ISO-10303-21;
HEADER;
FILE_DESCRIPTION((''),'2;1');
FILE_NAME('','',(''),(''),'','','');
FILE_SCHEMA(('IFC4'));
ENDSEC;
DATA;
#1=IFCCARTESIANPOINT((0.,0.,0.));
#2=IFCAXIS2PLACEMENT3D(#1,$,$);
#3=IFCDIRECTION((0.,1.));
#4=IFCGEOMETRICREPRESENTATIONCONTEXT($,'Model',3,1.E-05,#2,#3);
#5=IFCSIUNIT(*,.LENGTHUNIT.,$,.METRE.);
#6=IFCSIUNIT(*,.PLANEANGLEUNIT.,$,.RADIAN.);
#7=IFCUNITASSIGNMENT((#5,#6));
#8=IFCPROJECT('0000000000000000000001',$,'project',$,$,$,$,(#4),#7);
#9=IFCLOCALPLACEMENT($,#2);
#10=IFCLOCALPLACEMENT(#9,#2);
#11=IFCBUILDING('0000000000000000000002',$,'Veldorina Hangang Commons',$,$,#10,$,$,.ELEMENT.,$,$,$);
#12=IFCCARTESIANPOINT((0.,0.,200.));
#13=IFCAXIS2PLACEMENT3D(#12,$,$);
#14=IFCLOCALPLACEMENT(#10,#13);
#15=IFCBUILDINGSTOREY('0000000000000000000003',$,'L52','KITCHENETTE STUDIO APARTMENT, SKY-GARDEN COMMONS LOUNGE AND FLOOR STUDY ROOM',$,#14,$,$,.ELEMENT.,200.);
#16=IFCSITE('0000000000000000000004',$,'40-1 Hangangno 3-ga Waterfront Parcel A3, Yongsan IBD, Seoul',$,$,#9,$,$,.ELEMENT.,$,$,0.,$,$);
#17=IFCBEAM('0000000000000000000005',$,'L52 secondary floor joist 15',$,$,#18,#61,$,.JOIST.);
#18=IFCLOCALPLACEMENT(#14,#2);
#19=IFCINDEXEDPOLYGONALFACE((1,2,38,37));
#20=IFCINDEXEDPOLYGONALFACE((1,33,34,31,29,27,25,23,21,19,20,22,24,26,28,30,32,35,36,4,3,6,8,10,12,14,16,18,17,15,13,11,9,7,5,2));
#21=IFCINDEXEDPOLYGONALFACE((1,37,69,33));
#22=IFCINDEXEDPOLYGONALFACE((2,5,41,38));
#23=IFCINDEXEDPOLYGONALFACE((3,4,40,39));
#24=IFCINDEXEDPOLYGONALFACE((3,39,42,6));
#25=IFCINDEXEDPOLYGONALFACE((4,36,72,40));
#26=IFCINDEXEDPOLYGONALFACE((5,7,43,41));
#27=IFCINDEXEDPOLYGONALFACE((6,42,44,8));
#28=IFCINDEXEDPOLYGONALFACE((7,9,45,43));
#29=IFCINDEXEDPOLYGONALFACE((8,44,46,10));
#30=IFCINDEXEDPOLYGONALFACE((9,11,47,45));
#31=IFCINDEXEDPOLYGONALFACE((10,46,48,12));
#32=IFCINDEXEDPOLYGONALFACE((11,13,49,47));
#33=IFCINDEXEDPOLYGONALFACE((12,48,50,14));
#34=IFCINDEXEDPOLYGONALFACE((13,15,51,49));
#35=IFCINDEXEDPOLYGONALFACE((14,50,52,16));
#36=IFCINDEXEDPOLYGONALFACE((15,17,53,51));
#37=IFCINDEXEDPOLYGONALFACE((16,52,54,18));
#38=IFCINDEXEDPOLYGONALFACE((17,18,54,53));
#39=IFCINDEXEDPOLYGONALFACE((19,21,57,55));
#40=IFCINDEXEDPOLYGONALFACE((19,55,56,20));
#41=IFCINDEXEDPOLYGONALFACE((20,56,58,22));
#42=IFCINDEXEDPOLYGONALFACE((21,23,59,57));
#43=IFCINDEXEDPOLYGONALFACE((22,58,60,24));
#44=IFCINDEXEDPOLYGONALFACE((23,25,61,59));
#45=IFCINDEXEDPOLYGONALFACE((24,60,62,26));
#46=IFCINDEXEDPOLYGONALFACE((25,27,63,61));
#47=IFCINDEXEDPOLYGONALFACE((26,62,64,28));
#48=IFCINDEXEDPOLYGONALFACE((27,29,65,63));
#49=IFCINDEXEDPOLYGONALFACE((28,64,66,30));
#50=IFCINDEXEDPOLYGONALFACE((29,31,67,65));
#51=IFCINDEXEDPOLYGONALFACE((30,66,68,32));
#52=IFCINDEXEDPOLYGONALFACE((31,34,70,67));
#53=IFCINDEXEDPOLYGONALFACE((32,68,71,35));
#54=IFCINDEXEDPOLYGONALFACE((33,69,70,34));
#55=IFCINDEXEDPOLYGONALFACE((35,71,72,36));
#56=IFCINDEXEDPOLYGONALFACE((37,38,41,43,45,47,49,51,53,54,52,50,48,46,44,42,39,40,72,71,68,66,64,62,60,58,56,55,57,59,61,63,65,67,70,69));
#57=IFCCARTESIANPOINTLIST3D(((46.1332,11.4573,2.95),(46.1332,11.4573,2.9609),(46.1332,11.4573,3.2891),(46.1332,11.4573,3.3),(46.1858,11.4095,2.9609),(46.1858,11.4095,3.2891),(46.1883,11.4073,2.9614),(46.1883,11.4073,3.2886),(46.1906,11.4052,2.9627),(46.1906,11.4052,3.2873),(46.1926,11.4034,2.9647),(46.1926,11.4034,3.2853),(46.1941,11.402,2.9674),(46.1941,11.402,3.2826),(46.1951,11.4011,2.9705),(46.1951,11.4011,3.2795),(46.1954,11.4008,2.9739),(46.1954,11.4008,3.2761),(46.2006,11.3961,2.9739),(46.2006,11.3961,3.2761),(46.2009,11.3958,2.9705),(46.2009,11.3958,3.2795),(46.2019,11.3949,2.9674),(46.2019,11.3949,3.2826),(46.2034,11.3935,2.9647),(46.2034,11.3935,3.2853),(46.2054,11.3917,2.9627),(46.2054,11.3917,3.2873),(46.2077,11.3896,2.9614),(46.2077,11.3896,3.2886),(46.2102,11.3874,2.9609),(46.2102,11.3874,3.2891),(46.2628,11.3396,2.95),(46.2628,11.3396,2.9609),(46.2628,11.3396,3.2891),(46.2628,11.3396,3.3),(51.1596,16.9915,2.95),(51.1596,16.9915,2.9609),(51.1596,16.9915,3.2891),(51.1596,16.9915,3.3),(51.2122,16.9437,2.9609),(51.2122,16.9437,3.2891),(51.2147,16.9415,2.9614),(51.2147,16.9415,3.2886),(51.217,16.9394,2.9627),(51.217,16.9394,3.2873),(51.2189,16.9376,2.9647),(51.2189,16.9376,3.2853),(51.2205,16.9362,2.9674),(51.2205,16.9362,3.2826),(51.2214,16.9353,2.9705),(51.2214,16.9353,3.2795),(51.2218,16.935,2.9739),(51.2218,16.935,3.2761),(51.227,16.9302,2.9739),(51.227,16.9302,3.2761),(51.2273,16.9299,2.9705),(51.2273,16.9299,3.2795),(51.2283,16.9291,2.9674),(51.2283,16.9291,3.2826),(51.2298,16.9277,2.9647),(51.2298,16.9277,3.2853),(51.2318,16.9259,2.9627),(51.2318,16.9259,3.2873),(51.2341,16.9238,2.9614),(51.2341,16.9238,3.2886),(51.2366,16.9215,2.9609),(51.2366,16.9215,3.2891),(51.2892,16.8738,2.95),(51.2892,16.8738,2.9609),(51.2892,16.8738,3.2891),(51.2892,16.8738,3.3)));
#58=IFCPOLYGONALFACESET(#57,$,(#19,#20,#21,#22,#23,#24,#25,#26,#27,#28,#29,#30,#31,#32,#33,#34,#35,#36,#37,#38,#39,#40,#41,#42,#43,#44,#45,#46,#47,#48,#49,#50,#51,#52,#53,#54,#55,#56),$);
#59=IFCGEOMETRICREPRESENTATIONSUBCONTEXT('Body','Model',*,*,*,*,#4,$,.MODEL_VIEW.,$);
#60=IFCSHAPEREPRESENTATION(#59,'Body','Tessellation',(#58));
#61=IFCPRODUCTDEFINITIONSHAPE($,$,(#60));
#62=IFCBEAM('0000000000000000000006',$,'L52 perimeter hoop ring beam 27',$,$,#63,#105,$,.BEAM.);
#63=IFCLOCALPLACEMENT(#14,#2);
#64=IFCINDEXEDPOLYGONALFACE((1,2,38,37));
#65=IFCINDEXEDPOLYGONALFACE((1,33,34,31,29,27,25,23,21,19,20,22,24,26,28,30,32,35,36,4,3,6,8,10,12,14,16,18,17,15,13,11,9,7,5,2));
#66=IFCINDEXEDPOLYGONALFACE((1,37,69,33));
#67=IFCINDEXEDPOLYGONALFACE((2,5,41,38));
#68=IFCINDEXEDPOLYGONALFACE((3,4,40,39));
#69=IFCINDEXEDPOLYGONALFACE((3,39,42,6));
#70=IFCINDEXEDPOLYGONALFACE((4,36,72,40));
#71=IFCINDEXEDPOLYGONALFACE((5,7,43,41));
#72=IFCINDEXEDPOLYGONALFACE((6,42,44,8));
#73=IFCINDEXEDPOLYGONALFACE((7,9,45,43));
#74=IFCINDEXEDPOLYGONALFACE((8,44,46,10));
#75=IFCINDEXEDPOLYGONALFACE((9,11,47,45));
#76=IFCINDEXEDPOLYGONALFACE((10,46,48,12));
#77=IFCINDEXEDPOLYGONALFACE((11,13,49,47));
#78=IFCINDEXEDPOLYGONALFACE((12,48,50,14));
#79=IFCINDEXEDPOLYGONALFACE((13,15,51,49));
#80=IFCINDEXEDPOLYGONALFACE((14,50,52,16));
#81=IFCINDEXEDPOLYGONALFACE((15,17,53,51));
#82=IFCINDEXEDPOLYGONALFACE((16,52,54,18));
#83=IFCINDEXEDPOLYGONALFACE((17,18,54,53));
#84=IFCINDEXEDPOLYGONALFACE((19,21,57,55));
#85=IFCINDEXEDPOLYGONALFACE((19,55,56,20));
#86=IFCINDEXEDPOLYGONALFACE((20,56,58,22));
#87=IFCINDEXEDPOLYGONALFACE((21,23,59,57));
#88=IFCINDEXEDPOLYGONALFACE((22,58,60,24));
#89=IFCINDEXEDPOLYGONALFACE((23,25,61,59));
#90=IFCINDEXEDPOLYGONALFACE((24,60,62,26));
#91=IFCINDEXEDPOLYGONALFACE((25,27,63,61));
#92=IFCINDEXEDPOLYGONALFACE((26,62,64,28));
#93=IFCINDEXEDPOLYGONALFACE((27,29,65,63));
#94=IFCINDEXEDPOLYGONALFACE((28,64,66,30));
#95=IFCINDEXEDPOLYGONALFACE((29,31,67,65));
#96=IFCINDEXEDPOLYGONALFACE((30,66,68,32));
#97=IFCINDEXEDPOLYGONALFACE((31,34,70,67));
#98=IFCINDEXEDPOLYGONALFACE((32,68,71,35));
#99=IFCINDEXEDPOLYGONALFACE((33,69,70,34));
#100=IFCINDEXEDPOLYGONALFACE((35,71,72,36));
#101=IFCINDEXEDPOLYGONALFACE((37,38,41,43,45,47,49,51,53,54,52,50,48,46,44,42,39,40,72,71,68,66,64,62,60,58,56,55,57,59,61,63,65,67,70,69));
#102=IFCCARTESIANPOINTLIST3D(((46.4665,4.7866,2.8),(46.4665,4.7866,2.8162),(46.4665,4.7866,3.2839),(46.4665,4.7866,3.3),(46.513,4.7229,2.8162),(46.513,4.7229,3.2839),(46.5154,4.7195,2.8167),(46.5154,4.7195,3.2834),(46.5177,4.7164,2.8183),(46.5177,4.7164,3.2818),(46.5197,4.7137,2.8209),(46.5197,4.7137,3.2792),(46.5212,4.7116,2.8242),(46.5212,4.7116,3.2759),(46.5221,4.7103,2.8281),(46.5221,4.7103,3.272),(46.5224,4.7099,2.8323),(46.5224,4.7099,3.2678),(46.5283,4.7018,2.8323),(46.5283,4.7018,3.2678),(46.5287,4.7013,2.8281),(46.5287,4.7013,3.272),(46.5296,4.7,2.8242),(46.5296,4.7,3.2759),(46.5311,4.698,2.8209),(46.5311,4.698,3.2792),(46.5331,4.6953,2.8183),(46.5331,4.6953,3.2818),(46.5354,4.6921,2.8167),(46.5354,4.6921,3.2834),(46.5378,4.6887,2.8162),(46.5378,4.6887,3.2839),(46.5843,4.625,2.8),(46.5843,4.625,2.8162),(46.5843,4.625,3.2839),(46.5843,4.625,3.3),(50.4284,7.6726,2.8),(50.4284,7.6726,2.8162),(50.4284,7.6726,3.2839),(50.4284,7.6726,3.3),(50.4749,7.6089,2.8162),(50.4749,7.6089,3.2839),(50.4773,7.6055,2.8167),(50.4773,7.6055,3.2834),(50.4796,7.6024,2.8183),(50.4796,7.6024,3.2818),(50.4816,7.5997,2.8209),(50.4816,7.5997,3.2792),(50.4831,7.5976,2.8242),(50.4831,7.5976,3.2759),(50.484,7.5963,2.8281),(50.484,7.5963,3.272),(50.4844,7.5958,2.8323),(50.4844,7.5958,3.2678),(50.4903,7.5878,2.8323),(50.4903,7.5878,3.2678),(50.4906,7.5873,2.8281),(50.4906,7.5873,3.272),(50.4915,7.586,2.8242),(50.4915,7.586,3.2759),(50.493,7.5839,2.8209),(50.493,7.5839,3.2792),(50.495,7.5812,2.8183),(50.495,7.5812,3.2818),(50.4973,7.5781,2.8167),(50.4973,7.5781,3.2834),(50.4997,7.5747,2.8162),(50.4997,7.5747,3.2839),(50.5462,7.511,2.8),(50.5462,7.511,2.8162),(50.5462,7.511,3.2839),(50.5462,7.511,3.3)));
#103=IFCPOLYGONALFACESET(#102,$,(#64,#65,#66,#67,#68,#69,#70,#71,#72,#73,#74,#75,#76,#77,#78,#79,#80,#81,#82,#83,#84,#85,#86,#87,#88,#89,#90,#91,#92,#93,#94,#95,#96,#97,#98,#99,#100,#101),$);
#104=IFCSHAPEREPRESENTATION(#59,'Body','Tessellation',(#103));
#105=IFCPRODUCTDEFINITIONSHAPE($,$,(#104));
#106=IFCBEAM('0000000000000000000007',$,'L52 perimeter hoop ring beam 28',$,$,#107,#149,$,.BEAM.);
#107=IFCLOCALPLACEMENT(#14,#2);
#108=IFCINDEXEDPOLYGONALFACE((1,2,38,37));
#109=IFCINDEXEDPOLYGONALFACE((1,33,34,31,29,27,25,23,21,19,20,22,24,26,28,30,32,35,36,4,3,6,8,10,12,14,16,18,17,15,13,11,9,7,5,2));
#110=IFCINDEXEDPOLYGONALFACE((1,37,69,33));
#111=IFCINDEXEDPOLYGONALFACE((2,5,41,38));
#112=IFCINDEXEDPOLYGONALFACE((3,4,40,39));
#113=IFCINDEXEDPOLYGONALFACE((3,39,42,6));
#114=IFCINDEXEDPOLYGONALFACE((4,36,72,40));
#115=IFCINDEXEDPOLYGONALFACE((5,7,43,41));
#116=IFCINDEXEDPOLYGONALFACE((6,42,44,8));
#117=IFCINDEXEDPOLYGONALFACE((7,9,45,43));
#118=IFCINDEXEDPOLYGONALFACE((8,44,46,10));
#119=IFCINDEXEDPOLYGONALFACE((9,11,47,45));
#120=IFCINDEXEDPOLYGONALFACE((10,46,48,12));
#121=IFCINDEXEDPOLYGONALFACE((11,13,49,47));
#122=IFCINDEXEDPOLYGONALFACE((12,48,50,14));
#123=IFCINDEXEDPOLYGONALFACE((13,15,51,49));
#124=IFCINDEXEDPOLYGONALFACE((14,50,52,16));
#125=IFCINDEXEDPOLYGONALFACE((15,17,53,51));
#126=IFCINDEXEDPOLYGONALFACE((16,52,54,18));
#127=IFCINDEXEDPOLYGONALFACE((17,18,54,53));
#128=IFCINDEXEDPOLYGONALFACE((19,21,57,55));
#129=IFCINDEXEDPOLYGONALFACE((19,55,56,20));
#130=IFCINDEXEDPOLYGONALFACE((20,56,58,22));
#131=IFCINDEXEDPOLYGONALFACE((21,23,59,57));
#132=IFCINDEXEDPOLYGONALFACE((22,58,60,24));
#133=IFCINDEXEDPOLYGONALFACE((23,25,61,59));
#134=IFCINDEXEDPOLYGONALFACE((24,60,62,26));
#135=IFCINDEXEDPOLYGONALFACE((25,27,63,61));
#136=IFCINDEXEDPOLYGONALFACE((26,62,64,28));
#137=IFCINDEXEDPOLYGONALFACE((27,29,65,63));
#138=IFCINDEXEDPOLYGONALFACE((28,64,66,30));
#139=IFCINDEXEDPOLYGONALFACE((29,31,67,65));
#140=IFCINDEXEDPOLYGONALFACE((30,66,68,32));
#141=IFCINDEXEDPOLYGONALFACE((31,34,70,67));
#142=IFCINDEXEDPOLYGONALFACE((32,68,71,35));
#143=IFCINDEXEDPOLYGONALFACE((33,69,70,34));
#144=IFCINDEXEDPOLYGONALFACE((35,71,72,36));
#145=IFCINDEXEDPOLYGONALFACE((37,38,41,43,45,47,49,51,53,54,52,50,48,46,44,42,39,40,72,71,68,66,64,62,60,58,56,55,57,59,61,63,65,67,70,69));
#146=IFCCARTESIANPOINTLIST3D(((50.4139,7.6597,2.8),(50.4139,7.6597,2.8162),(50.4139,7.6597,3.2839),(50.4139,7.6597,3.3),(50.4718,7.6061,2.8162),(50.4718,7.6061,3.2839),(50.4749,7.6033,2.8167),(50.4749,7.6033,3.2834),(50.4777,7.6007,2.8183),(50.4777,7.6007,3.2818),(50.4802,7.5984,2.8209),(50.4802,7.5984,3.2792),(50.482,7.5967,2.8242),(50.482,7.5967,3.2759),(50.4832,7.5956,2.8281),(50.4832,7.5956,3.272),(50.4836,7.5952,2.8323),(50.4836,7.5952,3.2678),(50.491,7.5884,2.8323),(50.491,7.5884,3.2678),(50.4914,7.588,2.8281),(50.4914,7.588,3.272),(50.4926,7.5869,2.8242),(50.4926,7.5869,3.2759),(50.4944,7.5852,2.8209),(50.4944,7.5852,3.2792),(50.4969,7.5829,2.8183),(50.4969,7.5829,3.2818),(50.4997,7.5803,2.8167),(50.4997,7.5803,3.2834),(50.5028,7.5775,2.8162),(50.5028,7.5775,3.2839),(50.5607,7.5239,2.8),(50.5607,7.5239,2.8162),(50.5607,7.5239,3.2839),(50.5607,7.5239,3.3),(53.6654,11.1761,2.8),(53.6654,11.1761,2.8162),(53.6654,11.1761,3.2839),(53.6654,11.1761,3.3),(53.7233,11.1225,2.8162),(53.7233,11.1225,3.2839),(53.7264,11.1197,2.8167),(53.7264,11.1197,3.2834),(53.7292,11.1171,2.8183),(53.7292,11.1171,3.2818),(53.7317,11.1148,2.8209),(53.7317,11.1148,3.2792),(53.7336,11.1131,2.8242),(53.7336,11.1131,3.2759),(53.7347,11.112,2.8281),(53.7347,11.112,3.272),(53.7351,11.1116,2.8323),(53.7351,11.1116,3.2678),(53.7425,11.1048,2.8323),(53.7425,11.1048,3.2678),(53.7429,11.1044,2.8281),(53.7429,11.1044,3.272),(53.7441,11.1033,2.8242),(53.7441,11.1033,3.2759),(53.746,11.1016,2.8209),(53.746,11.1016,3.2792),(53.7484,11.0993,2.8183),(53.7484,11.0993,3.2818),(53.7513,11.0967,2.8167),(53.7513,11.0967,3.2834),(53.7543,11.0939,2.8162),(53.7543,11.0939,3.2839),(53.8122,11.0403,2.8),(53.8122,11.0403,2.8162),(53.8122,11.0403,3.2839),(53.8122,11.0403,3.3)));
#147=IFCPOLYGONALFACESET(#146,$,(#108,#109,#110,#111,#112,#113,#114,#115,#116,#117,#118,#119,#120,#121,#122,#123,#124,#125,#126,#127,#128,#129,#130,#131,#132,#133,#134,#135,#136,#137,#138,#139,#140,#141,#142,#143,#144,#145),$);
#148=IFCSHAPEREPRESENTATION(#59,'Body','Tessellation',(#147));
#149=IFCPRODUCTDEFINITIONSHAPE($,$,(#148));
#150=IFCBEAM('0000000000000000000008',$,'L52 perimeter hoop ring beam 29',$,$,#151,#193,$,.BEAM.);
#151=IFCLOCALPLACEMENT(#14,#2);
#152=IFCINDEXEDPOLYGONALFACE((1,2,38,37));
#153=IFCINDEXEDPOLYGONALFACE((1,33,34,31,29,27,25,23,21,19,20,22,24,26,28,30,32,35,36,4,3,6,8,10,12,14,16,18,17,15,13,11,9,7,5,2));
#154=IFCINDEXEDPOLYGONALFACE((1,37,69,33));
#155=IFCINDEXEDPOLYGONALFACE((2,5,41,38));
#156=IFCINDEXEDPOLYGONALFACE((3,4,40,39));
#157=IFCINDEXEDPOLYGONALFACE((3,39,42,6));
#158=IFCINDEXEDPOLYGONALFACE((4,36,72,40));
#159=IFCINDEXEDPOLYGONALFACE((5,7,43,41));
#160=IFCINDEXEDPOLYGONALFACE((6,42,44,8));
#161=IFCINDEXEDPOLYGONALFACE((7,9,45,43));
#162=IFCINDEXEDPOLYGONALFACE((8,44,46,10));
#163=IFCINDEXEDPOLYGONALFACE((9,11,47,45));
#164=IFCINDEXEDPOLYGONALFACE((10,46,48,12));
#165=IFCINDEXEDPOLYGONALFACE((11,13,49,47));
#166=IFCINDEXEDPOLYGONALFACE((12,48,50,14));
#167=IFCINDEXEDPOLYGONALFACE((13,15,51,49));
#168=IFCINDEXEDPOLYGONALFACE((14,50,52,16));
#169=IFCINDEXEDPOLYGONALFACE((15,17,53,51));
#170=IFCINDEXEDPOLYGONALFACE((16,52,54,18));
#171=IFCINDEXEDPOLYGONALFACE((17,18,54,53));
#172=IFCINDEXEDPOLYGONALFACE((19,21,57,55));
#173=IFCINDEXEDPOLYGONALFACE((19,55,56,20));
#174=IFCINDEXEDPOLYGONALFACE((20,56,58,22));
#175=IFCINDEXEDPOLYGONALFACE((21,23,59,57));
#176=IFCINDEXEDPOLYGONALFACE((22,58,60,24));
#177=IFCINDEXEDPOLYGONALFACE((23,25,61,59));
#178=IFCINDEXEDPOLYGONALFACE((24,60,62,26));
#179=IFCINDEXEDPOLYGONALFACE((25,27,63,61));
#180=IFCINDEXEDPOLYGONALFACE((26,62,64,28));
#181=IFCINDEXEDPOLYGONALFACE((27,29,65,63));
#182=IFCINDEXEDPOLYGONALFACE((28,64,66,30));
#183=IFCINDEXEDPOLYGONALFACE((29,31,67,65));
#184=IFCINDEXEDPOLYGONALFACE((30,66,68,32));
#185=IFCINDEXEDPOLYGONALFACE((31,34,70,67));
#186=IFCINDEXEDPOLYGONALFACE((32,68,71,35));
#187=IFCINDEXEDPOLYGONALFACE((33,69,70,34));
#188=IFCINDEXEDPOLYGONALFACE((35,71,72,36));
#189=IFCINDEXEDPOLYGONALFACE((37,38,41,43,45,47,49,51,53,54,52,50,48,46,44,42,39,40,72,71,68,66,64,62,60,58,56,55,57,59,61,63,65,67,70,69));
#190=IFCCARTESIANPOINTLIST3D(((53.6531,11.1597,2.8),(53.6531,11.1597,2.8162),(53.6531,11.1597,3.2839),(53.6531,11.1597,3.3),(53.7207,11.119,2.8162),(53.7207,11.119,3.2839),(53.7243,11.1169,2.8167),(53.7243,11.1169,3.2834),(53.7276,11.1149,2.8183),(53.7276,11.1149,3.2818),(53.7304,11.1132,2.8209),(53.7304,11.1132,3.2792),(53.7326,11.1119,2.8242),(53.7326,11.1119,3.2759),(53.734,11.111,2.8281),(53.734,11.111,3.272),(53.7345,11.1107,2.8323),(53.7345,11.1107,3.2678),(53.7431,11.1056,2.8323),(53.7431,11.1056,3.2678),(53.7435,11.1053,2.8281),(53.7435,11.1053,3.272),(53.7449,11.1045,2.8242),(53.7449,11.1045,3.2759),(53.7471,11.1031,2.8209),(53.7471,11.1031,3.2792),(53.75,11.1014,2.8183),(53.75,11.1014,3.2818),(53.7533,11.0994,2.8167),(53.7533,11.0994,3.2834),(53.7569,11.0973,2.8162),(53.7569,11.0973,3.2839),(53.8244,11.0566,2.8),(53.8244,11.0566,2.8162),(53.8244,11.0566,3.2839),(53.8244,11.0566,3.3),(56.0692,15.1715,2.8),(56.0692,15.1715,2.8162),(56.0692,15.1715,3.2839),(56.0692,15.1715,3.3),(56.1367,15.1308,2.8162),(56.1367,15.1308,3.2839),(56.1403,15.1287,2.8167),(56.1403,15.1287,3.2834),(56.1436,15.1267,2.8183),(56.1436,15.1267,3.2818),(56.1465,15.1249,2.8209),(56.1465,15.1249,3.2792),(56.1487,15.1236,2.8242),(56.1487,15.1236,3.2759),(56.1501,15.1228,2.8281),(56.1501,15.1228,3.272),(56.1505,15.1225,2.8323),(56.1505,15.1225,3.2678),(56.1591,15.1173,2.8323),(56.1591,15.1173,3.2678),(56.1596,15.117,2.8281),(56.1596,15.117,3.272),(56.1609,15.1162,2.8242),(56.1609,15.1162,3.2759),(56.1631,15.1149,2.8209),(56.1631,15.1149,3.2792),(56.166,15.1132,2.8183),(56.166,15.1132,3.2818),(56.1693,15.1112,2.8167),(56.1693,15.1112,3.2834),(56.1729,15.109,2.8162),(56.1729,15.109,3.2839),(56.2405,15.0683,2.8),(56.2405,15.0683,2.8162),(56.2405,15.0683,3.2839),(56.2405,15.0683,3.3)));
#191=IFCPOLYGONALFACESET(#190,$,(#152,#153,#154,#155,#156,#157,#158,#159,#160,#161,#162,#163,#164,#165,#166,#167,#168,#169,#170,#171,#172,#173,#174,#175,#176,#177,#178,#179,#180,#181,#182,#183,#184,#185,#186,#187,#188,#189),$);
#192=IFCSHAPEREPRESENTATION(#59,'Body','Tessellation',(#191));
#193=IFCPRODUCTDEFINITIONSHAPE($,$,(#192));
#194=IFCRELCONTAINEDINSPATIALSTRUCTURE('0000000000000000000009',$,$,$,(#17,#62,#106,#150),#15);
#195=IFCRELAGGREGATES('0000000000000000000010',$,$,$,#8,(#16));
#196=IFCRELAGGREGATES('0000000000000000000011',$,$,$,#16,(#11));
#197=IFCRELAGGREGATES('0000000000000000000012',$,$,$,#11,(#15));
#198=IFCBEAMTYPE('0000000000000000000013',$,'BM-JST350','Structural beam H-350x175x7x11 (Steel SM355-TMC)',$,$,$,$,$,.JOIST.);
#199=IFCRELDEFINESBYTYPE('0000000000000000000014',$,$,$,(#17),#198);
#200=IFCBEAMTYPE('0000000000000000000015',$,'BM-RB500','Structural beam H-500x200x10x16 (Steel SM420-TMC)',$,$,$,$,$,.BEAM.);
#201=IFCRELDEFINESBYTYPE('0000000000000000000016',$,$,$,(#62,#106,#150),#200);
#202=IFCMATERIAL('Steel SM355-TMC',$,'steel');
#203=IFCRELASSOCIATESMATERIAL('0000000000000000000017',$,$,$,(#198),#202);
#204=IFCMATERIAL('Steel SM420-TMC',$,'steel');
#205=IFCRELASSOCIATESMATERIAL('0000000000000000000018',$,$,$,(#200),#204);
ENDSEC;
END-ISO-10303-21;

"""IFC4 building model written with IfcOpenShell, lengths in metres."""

from ifc_helpers import new_model, si_unit, direction, frame, origin, origin_2d, place, context, subcontext, project, spatial, i_section, extrude, material, material_profile, profile_set, type_object, element, save


model = new_model("IFC4")

# Units and contexts
model_context = context("Model", 3, precision=1e-05, world=origin(), true_north=direction((0.0, 1.0)))
body_context = subcontext(model_context, "Body", "Model", "MODEL_VIEW")
ifc_project = project(units=[si_unit("LENGTHUNIT", "METRE"), si_unit("PLANEANGLEUNIT", "RADIAN")], contexts=[model_context])

# Site, building, storey
site_placement = place(None, origin())
site = spatial("IfcSite", under=ifc_project, at=site_placement, Name="40-1 Hangangno 3-ga Waterfront Parcel A3, Yongsan IBD, Seoul", CompositionType="ELEMENT", RefElevation=0.0)
building_placement = place(site_placement, origin())
building = spatial("IfcBuilding", under=site, at=building_placement, Name="Veldorina Hangang Commons", CompositionType="ELEMENT")
storey_placement = place(building_placement, frame((0.0, 0.0, 200.0)))
storey = spatial("IfcBuildingStorey", under=building, at=storey_placement, Name="L52", Description="KITCHENETTE STUDIO APARTMENT, SKY-GARDEN COMMONS LOUNGE AND FLOOR STUDY ROOM", CompositionType="ELEMENT", Elevation=200.0)

# Beams
ifc_material_1 = material(Name="Steel SM355-TMC", Category="steel")
ifc_material_profile_1 = material_profile(ifc_material_1, i_section(OverallWidth=0.175, OverallDepth=0.3501, WebThickness=0.0071, FlangeThickness=0.011, FilletRadius=0.0129, at=origin_2d()), Name="H-350x175x7x11")
ifc_profile_set_1 = profile_set([ifc_material_profile_1], Name="Steel SM355-TMC")
beam_type_1 = type_object("IfcBeamType", Name="BM-JST350", Description="Structural beam H-350x175x7x11 (Steel SM355-TMC)", PredefinedType="JOIST", material=ifc_profile_set_1)
beam_1_placement = place(storey_placement, frame((46.198, 11.3984, 3.125), z_axis=(0.672328, 0.740253, 0.0), x_axis=(-0.740253, 0.672328, 0.0)))
element("IfcBeam", 1, at=beam_1_placement, inside=storey, type_object=beam_type_1, Name="L52 secondary floor joist 15", PredefinedType="JOIST", context=body_context, shape_type="SweptSolid", body=[
    extrude(i_section(OverallWidth=0.175, OverallDepth=0.3501, WebThickness=0.0071, FlangeThickness=0.011, FilletRadius=0.0129, at=origin_2d()), origin(), (0.0, 0.0, 1.0), 7.4761),
])
ifc_material_2 = material(Name="Steel SM420-TMC", Category="steel")
ifc_material_profile_2 = material_profile(ifc_material_2, i_section(OverallWidth=0.2, OverallDepth=0.5, WebThickness=0.01, FlangeThickness=0.0161, FilletRadius=0.0161, at=origin_2d()), Name="H-500x200x10x16")
ifc_profile_set_2 = profile_set([ifc_material_profile_2], Name="Steel SM420-TMC")
beam_type_2 = type_object("IfcBeamType", Name="BM-RB500", Description="Structural beam H-500x200x10x16 (Steel SM420-TMC)", PredefinedType="BEAM", material=ifc_profile_set_2)
beam_2_placement = place(storey_placement, frame((46.5254, 4.7058, 3.05), z_axis=(0.80829, 0.588785, 0.0), x_axis=(-0.588785, 0.80829, 0.0)))
element("IfcBeam", 2, at=beam_2_placement, inside=storey, type_object=beam_type_2, Name="L52 perimeter hoop ring beam 27", PredefinedType="BEAM", context=body_context, shape_type="SweptSolid", body=[
    extrude(i_section(OverallWidth=0.2, OverallDepth=0.5, WebThickness=0.01, FlangeThickness=0.0161, FilletRadius=0.0161, at=origin_2d()), origin(), (0.0, 0.0, 1.0), 4.9016),
])
beam_3_placement = place(storey_placement, frame((50.4873, 7.5918, 3.05), z_axis=(0.678911, 0.734221, 0.0), x_axis=(-0.734221, 0.678911, 0.0)))
element("IfcBeam", 3, at=beam_3_placement, inside=storey, type_object=beam_type_2, Name="L52 perimeter hoop ring beam 28", PredefinedType="BEAM", context=body_context, shape_type="SweptSolid", body=[
    extrude(i_section(OverallWidth=0.2, OverallDepth=0.5, WebThickness=0.01, FlangeThickness=0.0161, FilletRadius=0.0161, at=origin_2d()), origin(), (0.0, 0.0, 1.0), 4.7893),
])
beam_4_placement = place(storey_placement, frame((53.7388, 11.1082, 3.05), z_axis=(0.515906, 0.856645, 0.0), x_axis=(-0.856645, 0.515906, 0.0)))
element("IfcBeam", 4, at=beam_4_placement, inside=storey, type_object=beam_type_2, Name="L52 perimeter hoop ring beam 29", PredefinedType="BEAM", context=body_context, shape_type="SweptSolid", body=[
    extrude(i_section(OverallWidth=0.2, OverallDepth=0.5, WebThickness=0.01, FlangeThickness=0.0161, FilletRadius=0.0161, at=origin_2d()), origin(), (0.0, 0.0, 1.0), 4.6831),
])

save(model, "model.ifc")
